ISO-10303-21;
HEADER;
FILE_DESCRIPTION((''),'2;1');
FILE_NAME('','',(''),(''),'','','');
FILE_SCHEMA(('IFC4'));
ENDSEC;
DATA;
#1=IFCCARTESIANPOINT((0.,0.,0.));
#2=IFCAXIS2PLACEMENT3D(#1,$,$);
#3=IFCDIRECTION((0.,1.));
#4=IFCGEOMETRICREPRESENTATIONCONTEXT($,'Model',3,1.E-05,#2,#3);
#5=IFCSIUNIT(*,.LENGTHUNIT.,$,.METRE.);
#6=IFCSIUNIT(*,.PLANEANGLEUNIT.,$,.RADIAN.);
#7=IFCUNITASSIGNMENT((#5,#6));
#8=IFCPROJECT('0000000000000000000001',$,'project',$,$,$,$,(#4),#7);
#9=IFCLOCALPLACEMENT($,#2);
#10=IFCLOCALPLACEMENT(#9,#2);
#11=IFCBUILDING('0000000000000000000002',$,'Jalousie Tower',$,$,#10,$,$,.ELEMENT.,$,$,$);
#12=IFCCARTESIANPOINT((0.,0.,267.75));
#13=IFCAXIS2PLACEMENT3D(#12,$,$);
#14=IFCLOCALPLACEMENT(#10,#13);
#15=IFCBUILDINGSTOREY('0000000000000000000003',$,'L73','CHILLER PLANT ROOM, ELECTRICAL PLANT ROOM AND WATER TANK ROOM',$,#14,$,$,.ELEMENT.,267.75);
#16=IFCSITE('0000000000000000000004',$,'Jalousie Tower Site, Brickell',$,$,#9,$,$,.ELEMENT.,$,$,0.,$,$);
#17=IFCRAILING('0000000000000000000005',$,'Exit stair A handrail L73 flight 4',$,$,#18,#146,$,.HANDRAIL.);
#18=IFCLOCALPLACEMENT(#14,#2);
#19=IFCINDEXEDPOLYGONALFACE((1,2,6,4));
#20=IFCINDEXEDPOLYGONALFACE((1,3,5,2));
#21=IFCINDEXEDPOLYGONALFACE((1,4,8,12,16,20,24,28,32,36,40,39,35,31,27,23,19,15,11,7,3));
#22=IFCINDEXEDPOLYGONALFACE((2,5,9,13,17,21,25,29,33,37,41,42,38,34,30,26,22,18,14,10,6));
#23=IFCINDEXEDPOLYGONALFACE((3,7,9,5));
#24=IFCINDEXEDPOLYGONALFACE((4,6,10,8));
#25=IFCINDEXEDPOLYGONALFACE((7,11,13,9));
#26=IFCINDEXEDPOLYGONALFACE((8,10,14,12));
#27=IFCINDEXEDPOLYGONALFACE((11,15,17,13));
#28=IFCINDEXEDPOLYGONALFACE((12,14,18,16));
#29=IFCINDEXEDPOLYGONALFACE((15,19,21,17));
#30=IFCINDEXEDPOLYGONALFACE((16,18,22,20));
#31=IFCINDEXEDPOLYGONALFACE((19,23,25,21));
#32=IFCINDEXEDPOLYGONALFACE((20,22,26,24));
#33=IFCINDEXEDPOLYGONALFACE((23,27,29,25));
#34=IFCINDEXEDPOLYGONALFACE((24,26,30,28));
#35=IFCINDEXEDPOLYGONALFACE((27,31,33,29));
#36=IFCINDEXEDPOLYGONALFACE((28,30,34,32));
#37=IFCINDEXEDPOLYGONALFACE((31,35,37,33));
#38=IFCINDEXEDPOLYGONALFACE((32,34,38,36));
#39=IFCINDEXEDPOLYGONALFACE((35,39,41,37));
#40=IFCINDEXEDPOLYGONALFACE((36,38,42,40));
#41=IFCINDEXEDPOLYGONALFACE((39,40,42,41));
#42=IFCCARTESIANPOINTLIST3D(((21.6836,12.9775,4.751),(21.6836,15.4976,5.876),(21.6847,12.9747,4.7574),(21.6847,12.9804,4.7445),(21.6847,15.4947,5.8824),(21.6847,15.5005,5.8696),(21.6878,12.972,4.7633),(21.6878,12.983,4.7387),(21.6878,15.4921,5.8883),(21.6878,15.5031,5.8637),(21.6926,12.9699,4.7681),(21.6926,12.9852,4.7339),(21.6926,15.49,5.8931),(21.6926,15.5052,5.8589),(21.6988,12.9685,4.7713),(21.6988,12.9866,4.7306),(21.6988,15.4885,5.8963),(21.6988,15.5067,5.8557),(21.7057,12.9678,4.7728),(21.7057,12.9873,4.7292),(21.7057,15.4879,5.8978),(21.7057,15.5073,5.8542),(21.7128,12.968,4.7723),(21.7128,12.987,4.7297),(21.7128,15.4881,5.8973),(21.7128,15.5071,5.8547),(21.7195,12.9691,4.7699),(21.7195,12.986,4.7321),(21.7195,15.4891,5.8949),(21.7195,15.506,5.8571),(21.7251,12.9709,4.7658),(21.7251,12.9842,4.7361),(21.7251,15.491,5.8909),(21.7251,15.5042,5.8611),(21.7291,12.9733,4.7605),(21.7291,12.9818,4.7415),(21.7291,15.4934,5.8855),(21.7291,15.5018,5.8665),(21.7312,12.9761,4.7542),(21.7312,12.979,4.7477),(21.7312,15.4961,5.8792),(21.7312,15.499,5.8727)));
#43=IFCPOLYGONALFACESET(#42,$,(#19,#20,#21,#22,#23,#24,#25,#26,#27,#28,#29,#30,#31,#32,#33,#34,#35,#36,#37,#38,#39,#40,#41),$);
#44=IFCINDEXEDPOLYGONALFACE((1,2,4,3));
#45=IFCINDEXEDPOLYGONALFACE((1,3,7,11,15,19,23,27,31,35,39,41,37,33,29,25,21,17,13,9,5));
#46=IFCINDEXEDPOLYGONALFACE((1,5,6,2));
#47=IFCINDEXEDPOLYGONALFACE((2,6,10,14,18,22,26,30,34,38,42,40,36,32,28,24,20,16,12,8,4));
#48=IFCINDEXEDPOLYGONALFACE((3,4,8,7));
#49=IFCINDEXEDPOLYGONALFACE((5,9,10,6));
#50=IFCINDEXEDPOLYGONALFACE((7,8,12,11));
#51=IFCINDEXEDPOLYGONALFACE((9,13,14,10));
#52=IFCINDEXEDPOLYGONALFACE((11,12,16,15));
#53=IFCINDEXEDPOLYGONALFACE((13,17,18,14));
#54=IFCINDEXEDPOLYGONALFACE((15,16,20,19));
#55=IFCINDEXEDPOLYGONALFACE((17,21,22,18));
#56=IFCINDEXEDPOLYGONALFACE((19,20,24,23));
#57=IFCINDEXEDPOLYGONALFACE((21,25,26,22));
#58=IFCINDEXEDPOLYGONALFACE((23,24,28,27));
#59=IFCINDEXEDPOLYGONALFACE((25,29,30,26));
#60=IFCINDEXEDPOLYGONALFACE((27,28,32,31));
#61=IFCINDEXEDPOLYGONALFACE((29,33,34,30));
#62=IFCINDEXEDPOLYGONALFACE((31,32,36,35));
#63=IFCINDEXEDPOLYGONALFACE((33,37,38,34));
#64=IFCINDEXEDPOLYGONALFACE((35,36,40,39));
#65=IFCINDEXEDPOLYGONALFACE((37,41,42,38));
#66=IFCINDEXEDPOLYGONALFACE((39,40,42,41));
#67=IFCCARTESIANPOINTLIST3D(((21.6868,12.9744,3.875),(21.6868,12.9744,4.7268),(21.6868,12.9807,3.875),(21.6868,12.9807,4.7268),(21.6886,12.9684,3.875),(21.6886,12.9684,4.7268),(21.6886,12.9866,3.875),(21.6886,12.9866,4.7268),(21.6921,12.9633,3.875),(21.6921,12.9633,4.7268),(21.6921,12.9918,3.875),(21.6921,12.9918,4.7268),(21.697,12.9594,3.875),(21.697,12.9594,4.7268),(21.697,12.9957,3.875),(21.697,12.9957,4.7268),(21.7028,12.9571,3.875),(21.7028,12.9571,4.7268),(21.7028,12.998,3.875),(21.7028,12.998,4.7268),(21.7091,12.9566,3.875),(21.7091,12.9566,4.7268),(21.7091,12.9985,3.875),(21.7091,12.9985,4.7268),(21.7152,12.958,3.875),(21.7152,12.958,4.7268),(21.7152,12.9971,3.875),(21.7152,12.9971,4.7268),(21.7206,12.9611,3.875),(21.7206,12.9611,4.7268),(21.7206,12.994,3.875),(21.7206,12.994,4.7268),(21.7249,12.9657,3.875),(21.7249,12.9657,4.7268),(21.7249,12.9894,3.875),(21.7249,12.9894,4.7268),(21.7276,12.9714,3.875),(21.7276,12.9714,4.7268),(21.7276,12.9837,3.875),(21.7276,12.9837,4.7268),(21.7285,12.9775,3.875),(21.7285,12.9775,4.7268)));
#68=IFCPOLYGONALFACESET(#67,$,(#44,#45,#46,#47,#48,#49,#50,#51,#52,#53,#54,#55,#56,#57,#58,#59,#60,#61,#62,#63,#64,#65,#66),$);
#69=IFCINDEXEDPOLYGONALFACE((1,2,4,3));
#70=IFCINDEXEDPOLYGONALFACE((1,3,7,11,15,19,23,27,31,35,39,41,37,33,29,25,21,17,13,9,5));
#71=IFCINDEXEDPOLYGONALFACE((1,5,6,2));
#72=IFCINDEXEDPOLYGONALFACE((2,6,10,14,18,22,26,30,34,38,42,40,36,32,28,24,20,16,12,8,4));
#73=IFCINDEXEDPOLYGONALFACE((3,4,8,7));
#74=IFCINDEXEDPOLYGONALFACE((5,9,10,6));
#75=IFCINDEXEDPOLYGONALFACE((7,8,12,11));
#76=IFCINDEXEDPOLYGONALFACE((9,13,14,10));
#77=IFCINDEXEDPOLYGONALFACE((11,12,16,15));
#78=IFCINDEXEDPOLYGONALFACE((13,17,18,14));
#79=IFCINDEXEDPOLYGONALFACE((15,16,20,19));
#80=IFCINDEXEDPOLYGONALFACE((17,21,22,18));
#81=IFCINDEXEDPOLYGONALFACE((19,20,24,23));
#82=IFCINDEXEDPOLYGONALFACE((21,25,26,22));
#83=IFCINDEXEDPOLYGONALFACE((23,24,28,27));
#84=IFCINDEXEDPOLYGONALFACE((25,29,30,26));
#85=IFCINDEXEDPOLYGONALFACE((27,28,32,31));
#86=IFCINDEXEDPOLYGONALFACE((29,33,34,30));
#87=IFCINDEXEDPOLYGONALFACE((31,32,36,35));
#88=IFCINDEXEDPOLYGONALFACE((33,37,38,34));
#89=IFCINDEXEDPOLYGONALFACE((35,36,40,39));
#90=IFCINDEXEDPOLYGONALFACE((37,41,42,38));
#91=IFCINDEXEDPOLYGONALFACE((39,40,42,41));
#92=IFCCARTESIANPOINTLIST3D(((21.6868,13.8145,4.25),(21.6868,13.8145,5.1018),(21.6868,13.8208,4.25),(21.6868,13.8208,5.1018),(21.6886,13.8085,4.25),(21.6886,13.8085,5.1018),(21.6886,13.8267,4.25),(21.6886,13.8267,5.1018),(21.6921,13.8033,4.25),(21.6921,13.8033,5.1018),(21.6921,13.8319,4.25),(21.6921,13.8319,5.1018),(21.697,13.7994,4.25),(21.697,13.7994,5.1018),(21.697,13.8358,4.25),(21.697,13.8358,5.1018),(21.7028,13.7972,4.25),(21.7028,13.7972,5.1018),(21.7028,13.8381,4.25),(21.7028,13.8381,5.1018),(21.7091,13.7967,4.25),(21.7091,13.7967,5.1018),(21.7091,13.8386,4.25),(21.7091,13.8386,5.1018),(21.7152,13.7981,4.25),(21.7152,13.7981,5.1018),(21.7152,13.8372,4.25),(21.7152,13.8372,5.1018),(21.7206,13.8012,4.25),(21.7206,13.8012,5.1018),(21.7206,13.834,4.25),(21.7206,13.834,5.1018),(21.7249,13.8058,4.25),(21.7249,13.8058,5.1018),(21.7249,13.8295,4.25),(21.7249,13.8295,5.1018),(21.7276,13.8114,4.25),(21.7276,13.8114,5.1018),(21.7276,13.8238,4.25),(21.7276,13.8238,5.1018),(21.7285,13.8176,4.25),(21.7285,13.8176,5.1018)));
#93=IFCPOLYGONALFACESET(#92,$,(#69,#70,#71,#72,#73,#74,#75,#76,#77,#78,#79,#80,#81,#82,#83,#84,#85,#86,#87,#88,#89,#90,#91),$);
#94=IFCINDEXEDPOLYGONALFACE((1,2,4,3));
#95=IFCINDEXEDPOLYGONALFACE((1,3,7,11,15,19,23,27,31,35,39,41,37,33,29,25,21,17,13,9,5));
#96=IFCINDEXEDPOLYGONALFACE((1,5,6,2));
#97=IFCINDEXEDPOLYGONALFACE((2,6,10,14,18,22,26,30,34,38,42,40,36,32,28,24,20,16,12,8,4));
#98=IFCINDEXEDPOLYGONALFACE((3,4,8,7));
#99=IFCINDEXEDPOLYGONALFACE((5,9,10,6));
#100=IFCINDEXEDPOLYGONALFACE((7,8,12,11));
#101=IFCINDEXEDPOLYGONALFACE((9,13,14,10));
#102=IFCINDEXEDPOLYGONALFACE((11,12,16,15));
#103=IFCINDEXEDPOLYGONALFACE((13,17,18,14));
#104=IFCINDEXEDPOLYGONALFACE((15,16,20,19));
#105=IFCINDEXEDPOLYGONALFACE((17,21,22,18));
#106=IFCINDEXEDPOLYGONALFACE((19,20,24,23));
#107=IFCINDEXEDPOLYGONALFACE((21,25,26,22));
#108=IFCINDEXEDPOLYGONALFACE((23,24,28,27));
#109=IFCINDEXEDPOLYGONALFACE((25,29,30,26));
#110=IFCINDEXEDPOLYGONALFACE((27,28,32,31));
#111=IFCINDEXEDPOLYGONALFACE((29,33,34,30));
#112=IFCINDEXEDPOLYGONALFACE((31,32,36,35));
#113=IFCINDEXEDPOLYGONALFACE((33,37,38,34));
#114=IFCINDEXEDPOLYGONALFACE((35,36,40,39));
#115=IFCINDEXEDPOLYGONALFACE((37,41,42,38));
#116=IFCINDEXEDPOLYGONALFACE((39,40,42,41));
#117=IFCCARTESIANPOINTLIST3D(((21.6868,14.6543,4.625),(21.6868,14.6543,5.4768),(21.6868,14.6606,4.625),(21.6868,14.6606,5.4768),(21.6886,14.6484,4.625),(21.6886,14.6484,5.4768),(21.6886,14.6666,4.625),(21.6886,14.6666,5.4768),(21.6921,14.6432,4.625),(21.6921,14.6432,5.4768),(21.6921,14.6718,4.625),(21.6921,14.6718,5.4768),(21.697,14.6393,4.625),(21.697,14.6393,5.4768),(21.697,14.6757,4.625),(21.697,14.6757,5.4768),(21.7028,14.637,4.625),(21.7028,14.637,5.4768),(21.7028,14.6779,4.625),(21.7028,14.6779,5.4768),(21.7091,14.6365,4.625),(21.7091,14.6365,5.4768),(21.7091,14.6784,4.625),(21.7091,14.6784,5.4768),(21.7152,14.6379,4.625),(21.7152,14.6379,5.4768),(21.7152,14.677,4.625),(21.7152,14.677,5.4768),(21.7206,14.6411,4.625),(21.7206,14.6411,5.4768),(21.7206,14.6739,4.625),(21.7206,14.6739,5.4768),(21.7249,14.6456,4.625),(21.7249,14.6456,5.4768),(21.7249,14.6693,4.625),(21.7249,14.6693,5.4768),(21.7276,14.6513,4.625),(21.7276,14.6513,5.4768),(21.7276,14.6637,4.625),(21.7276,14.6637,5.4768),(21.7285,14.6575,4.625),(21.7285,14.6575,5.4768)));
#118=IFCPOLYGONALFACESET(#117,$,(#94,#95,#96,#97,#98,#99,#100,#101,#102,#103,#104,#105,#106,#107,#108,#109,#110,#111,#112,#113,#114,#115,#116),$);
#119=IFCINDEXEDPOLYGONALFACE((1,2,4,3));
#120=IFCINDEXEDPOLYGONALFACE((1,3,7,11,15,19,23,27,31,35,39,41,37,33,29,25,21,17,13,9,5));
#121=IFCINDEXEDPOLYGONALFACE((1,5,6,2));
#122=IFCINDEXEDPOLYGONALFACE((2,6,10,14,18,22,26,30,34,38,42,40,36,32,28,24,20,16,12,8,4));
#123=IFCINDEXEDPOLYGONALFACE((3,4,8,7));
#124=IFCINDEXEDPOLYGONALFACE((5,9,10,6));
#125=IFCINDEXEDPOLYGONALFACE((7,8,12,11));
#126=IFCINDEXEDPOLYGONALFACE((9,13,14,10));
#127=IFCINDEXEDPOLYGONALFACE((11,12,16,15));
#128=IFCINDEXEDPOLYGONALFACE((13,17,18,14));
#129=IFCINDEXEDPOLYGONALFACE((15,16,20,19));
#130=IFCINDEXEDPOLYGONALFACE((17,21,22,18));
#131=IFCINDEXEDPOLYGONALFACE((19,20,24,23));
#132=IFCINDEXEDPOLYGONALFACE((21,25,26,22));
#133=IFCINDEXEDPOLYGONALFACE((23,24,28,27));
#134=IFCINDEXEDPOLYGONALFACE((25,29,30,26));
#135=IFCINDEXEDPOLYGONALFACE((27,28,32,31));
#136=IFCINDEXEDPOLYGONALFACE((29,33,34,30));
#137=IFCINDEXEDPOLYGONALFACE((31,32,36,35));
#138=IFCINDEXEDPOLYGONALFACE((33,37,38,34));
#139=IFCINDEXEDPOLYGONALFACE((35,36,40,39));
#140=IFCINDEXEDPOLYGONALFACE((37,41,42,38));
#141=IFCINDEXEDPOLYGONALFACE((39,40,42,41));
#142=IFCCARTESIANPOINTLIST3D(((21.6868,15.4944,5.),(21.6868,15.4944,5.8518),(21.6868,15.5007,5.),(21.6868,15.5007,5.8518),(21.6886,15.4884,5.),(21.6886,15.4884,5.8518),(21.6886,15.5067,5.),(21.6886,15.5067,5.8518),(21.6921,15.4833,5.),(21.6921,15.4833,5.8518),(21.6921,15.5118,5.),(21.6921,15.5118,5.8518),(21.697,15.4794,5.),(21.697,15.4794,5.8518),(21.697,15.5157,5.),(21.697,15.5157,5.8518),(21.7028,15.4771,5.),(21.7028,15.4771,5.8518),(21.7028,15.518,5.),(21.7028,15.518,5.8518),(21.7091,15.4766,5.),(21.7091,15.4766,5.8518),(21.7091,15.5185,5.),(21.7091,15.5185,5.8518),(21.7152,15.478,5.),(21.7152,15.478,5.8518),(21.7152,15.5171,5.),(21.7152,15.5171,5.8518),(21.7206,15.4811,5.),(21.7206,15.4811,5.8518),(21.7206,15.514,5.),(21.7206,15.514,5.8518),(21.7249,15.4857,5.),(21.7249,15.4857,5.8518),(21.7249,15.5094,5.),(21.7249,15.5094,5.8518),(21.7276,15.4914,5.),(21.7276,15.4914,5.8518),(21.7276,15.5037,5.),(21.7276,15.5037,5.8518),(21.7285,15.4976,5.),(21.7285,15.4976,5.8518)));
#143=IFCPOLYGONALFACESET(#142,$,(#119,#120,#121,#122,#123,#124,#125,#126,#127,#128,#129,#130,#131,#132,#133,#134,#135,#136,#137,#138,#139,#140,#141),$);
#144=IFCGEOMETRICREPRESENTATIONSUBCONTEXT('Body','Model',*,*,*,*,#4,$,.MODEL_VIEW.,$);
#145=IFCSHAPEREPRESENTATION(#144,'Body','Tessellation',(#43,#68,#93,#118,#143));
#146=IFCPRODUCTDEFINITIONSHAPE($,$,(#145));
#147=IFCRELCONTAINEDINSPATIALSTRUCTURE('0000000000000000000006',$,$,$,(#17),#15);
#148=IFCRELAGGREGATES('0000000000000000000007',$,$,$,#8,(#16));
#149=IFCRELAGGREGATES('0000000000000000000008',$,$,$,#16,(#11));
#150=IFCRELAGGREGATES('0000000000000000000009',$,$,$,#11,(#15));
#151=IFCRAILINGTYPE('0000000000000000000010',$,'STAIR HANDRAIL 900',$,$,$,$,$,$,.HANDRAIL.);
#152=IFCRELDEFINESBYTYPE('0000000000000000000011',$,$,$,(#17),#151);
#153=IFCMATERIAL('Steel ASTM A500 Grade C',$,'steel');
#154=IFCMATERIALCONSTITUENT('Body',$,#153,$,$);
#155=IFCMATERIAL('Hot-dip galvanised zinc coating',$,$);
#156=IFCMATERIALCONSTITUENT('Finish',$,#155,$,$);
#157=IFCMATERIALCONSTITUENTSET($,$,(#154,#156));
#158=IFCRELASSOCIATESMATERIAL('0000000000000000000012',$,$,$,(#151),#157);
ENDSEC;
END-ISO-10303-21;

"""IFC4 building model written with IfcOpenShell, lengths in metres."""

from ifc_helpers import new_model, si_unit, direction, frame, origin, origin_2d, place, context, subcontext, project, spatial, circle, extrude, material, constituent, constituent_set, type_object, element, save


model = new_model("IFC4")

# Units and contexts
model_context = context("Model", 3, precision=1e-05, world=origin(), true_north=direction((0.0, 1.0)))
body_context = subcontext(model_context, "Body", "Model", "MODEL_VIEW")
ifc_project = project(units=[si_unit("LENGTHUNIT", "METRE"), si_unit("PLANEANGLEUNIT", "RADIAN")], contexts=[model_context])

# Site, building, storey
site_placement = place(None, origin())
site = spatial("IfcSite", under=ifc_project, at=site_placement, Name="Jalousie Tower Site, Brickell", CompositionType="ELEMENT", RefElevation=0.0)
building_placement = place(site_placement, origin())
building = spatial("IfcBuilding", under=site, at=building_placement, Name="Jalousie Tower", CompositionType="ELEMENT")
storey_placement = place(building_placement, frame((0.0, 0.0, 267.75)))
storey = spatial("IfcBuildingStorey", under=building, at=storey_placement, Name="L73", Description="CHILLER PLANT ROOM, ELECTRICAL PLANT ROOM AND WATER TANK ROOM", CompositionType="ELEMENT", Elevation=267.75)

# Railing
ifc_material_1 = material(Name="Steel ASTM A500 Grade C", Category="steel")
ifc_constituent_1 = constituent(ifc_material_1, Name="Body")
ifc_material_2 = material(Name="Hot-dip galvanised zinc coating")
ifc_constituent_2 = constituent(ifc_material_2, Name="Finish")
ifc_constituent_set_1 = constituent_set(constituents=[ifc_constituent_1, ifc_constituent_2])
railing_type_1 = type_object("IfcRailingType", Name="STAIR HANDRAIL 900", PredefinedType="HANDRAIL", material=ifc_constituent_set_1)
for number, where, name in (
    (1, (21.7075, 12.9775, 3.875), "Exit stair A handrail L73 flight 4"),
):
    element("IfcRailing", number, at=place(storey_placement, frame(where)), inside=storey, type_object=railing_type_1, Name=name, PredefinedType="HANDRAIL", context=body_context, shape_type="SweptSolid", body=[
        extrude(circle(Radius=0.0239, at=origin_2d()), frame((0.0, 0.0, 0.876), z_axis=(0.0, 0.913139, 0.407648), x_axis=(-1.0, 0.0, 0.0)), (0.0, 0.0, 1.0), 2.7598),
        extrude(circle(Radius=0.021, at=origin_2d()), origin(), (0.0, 0.0, 1.0), 0.8518),
        extrude(circle(Radius=0.021, at=origin_2d()), frame((0.0, 0.8401, 0.375)), (0.0, 0.0, 1.0), 0.8518),
        extrude(circle(Radius=0.021, at=origin_2d()), frame((0.0, 1.6799, 0.75)), (0.0, 0.0, 1.0), 0.8518),
        extrude(circle(Radius=0.021, at=origin_2d()), frame((0.0, 2.52, 1.125)), (0.0, 0.0, 1.0), 0.8518),
    ])

save(model, "model.ifc")
